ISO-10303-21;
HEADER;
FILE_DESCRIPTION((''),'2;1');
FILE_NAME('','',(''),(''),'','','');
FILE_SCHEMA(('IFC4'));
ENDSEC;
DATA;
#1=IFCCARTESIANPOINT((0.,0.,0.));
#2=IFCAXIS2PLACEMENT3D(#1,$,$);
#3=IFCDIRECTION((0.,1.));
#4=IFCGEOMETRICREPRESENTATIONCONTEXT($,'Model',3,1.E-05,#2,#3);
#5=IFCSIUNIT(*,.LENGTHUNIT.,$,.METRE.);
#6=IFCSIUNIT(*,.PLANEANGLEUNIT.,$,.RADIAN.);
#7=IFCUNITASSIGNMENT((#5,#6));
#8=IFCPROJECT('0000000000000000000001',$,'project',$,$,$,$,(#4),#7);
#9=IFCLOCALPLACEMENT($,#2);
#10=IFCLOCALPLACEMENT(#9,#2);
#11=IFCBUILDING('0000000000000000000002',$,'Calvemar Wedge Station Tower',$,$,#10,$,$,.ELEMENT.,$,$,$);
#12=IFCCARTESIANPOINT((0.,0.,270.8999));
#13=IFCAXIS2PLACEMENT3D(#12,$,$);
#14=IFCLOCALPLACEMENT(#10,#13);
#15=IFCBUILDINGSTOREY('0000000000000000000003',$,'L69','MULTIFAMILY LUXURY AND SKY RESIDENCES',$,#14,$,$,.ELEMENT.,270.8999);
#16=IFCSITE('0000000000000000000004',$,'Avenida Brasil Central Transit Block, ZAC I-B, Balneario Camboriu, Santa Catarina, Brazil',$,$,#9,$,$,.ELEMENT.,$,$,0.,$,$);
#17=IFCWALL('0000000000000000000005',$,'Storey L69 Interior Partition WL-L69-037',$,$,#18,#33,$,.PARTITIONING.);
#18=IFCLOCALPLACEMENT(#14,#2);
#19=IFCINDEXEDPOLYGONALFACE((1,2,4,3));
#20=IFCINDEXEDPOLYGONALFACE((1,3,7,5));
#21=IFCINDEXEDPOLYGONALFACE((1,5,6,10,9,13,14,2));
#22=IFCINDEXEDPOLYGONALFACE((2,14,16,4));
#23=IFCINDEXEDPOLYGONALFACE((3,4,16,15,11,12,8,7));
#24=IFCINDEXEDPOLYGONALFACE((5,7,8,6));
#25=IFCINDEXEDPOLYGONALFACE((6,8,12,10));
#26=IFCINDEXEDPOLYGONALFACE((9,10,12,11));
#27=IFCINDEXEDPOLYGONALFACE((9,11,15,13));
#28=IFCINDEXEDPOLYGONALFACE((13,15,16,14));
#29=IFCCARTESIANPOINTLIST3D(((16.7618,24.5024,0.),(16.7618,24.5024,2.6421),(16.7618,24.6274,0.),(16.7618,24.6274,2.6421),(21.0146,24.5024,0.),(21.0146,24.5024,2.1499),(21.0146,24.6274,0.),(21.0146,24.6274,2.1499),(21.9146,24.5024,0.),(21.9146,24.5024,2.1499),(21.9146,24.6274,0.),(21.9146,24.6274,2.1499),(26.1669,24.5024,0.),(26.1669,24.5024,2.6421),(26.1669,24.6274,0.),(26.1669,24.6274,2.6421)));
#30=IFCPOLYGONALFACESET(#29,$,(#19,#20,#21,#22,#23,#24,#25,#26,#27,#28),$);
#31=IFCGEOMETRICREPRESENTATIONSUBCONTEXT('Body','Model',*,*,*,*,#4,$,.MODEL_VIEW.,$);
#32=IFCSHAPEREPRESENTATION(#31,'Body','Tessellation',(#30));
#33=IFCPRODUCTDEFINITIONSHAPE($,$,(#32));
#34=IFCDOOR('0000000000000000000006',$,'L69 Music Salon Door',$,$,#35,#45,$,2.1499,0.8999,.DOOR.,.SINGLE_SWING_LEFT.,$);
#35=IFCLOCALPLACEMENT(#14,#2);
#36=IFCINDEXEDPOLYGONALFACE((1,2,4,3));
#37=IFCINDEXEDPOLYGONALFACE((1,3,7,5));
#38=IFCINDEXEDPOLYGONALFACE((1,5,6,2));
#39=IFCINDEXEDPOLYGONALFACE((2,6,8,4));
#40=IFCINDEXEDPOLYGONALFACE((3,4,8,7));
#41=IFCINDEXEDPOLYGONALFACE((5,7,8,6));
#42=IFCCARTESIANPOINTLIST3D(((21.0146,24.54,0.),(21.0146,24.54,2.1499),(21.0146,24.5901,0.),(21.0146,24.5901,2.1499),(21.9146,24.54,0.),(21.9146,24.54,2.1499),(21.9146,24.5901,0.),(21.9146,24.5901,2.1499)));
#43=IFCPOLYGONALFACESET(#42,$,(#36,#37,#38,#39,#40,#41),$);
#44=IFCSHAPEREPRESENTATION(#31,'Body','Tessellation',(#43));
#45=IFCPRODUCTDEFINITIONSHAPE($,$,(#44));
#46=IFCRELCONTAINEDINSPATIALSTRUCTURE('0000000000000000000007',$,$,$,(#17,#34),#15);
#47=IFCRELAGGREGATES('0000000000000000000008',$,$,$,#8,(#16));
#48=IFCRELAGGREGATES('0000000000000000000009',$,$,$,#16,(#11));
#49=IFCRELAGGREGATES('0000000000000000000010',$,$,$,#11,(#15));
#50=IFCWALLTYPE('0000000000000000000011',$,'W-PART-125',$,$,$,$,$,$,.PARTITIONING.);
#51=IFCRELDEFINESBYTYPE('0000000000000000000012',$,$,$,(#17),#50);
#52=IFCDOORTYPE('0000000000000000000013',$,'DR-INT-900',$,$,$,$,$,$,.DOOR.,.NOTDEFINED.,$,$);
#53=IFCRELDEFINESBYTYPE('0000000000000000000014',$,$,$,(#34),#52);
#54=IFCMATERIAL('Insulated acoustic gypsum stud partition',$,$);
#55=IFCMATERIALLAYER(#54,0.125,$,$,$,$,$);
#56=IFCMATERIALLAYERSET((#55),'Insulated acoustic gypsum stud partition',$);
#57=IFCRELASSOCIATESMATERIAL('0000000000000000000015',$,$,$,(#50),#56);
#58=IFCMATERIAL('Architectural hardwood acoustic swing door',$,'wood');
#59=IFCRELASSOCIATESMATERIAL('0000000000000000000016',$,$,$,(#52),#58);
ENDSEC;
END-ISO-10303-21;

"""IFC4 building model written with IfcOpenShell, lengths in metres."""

from ifc_helpers import new_model, si_unit, direction, frame, frame_2d, origin, place, context, subcontext, project, spatial, rectangle, extrude, source, transform, mapped, material, layer, layer_set, type_object, element, fill, save


model = new_model("IFC4")

# Units and contexts
model_context = context("Model", 3, precision=1e-05, world=origin(), true_north=direction((0.0, 1.0)))
body_context = subcontext(model_context, "Body", "Model", "MODEL_VIEW")
ifc_project = project(units=[si_unit("LENGTHUNIT", "METRE"), si_unit("PLANEANGLEUNIT", "RADIAN")], contexts=[model_context])

# Site, building, storey
site_placement = place(None, origin())
site = spatial("IfcSite", under=ifc_project, at=site_placement, Name="Avenida Brasil Central Transit Block, ZAC I-B, Balneario Camboriu, Santa Catarina, Brazil", CompositionType="ELEMENT", RefElevation=0.0)
building_placement = place(site_placement, origin())
building = spatial("IfcBuilding", under=site, at=building_placement, Name="Calvemar Wedge Station Tower", CompositionType="ELEMENT")
storey_placement = place(building_placement, frame((0.0, 0.0, 270.8999)))
storey = spatial("IfcBuildingStorey", under=building, at=storey_placement, Name="L69", Description="MULTIFAMILY LUXURY AND SKY RESIDENCES", CompositionType="ELEMENT", Elevation=270.8999)

# Wall, opening, door
ifc_material_1 = material(Name="Insulated acoustic gypsum stud partition")
ifc_layer_1 = layer(ifc_material_1, 0.125)
ifc_layer_set_1 = layer_set([ifc_layer_1], Name="Insulated acoustic gypsum stud partition")
wall_type_1 = type_object("IfcWallType", Name="W-PART-125", PredefinedType="PARTITIONING", material=ifc_layer_set_1)
wall_1_placement = place(storey_placement, frame((26.167, 24.5649, 0.0), z_axis=(0.0, 0.0, 1.0), x_axis=(-1.0, 0.0, 0.0)))
wall_1 = element("IfcWall", 1, at=wall_1_placement, inside=storey, type_object=wall_type_1, Name="Storey L69 Interior Partition WL-L69-037", PredefinedType="PARTITIONING", context=body_context, shape_type="SweptSolid", body=[
    extrude(rectangle(XDim=9.405, YDim=0.125, at=frame_2d((4.7026, 0.0))), origin(), (0.0, 0.0, 1.0), 2.6421),
])
shared_shape_1 = source(origin(), body_context, "Body", "SweptSolid", [
    extrude(rectangle(XDim=0.8999, YDim=2.1499, at=frame_2d((0.45, 1.075))), frame((0.0, 0.0725, 0.0), z_axis=(0.0, -1.0, 0.0), x_axis=(1.0, 0.0, 0.0)), (0.0, 0.0, 1.0), 0.145),
])
opening_1_placement = place(wall_1_placement, frame((4.2524, 0.0, 0.0)))
opening_1 = element("IfcOpeningElement", 2, at=opening_1_placement, cuts=wall_1, PredefinedType="OPENING", context=body_context, shape_type="MappedRepresentation", body=[
    mapped(shared_shape_1, transform((0.0, 0.0, 0.0), scale=1.0)),
])
ifc_material_2 = material(Name="Architectural hardwood acoustic swing door", Category="wood")
door_type_1 = type_object("IfcDoorType", Name="DR-INT-900", OperationType="NOTDEFINED", PredefinedType="DOOR", material=ifc_material_2)
shared_shape_2 = source(origin(), body_context, "Body", "SweptSolid", [
    extrude(rectangle(XDim=0.8999, YDim=2.1499, at=frame_2d((0.45, 1.075))), frame((0.0, 0.0249, 0.0), z_axis=(0.0, -1.0, 0.0), x_axis=(1.0, 0.0, 0.0)), (0.0, 0.0, 1.0), 0.05),
])
door_1_placement = place(opening_1_placement, origin())
door_1 = element("IfcDoor", 3, at=door_1_placement, inside=storey, type_object=door_type_1, Name="L69 Music Salon Door", OperationType="SINGLE_SWING_LEFT", OverallHeight=2.1499, OverallWidth=0.8999, PredefinedType="DOOR", context=body_context, shape_type="MappedRepresentation", body=[
    mapped(shared_shape_2, transform((0.0, 0.0, 0.0), scale=1.0)),
])
fill(opening_1, door_1)

save(model, "model.ifc")
